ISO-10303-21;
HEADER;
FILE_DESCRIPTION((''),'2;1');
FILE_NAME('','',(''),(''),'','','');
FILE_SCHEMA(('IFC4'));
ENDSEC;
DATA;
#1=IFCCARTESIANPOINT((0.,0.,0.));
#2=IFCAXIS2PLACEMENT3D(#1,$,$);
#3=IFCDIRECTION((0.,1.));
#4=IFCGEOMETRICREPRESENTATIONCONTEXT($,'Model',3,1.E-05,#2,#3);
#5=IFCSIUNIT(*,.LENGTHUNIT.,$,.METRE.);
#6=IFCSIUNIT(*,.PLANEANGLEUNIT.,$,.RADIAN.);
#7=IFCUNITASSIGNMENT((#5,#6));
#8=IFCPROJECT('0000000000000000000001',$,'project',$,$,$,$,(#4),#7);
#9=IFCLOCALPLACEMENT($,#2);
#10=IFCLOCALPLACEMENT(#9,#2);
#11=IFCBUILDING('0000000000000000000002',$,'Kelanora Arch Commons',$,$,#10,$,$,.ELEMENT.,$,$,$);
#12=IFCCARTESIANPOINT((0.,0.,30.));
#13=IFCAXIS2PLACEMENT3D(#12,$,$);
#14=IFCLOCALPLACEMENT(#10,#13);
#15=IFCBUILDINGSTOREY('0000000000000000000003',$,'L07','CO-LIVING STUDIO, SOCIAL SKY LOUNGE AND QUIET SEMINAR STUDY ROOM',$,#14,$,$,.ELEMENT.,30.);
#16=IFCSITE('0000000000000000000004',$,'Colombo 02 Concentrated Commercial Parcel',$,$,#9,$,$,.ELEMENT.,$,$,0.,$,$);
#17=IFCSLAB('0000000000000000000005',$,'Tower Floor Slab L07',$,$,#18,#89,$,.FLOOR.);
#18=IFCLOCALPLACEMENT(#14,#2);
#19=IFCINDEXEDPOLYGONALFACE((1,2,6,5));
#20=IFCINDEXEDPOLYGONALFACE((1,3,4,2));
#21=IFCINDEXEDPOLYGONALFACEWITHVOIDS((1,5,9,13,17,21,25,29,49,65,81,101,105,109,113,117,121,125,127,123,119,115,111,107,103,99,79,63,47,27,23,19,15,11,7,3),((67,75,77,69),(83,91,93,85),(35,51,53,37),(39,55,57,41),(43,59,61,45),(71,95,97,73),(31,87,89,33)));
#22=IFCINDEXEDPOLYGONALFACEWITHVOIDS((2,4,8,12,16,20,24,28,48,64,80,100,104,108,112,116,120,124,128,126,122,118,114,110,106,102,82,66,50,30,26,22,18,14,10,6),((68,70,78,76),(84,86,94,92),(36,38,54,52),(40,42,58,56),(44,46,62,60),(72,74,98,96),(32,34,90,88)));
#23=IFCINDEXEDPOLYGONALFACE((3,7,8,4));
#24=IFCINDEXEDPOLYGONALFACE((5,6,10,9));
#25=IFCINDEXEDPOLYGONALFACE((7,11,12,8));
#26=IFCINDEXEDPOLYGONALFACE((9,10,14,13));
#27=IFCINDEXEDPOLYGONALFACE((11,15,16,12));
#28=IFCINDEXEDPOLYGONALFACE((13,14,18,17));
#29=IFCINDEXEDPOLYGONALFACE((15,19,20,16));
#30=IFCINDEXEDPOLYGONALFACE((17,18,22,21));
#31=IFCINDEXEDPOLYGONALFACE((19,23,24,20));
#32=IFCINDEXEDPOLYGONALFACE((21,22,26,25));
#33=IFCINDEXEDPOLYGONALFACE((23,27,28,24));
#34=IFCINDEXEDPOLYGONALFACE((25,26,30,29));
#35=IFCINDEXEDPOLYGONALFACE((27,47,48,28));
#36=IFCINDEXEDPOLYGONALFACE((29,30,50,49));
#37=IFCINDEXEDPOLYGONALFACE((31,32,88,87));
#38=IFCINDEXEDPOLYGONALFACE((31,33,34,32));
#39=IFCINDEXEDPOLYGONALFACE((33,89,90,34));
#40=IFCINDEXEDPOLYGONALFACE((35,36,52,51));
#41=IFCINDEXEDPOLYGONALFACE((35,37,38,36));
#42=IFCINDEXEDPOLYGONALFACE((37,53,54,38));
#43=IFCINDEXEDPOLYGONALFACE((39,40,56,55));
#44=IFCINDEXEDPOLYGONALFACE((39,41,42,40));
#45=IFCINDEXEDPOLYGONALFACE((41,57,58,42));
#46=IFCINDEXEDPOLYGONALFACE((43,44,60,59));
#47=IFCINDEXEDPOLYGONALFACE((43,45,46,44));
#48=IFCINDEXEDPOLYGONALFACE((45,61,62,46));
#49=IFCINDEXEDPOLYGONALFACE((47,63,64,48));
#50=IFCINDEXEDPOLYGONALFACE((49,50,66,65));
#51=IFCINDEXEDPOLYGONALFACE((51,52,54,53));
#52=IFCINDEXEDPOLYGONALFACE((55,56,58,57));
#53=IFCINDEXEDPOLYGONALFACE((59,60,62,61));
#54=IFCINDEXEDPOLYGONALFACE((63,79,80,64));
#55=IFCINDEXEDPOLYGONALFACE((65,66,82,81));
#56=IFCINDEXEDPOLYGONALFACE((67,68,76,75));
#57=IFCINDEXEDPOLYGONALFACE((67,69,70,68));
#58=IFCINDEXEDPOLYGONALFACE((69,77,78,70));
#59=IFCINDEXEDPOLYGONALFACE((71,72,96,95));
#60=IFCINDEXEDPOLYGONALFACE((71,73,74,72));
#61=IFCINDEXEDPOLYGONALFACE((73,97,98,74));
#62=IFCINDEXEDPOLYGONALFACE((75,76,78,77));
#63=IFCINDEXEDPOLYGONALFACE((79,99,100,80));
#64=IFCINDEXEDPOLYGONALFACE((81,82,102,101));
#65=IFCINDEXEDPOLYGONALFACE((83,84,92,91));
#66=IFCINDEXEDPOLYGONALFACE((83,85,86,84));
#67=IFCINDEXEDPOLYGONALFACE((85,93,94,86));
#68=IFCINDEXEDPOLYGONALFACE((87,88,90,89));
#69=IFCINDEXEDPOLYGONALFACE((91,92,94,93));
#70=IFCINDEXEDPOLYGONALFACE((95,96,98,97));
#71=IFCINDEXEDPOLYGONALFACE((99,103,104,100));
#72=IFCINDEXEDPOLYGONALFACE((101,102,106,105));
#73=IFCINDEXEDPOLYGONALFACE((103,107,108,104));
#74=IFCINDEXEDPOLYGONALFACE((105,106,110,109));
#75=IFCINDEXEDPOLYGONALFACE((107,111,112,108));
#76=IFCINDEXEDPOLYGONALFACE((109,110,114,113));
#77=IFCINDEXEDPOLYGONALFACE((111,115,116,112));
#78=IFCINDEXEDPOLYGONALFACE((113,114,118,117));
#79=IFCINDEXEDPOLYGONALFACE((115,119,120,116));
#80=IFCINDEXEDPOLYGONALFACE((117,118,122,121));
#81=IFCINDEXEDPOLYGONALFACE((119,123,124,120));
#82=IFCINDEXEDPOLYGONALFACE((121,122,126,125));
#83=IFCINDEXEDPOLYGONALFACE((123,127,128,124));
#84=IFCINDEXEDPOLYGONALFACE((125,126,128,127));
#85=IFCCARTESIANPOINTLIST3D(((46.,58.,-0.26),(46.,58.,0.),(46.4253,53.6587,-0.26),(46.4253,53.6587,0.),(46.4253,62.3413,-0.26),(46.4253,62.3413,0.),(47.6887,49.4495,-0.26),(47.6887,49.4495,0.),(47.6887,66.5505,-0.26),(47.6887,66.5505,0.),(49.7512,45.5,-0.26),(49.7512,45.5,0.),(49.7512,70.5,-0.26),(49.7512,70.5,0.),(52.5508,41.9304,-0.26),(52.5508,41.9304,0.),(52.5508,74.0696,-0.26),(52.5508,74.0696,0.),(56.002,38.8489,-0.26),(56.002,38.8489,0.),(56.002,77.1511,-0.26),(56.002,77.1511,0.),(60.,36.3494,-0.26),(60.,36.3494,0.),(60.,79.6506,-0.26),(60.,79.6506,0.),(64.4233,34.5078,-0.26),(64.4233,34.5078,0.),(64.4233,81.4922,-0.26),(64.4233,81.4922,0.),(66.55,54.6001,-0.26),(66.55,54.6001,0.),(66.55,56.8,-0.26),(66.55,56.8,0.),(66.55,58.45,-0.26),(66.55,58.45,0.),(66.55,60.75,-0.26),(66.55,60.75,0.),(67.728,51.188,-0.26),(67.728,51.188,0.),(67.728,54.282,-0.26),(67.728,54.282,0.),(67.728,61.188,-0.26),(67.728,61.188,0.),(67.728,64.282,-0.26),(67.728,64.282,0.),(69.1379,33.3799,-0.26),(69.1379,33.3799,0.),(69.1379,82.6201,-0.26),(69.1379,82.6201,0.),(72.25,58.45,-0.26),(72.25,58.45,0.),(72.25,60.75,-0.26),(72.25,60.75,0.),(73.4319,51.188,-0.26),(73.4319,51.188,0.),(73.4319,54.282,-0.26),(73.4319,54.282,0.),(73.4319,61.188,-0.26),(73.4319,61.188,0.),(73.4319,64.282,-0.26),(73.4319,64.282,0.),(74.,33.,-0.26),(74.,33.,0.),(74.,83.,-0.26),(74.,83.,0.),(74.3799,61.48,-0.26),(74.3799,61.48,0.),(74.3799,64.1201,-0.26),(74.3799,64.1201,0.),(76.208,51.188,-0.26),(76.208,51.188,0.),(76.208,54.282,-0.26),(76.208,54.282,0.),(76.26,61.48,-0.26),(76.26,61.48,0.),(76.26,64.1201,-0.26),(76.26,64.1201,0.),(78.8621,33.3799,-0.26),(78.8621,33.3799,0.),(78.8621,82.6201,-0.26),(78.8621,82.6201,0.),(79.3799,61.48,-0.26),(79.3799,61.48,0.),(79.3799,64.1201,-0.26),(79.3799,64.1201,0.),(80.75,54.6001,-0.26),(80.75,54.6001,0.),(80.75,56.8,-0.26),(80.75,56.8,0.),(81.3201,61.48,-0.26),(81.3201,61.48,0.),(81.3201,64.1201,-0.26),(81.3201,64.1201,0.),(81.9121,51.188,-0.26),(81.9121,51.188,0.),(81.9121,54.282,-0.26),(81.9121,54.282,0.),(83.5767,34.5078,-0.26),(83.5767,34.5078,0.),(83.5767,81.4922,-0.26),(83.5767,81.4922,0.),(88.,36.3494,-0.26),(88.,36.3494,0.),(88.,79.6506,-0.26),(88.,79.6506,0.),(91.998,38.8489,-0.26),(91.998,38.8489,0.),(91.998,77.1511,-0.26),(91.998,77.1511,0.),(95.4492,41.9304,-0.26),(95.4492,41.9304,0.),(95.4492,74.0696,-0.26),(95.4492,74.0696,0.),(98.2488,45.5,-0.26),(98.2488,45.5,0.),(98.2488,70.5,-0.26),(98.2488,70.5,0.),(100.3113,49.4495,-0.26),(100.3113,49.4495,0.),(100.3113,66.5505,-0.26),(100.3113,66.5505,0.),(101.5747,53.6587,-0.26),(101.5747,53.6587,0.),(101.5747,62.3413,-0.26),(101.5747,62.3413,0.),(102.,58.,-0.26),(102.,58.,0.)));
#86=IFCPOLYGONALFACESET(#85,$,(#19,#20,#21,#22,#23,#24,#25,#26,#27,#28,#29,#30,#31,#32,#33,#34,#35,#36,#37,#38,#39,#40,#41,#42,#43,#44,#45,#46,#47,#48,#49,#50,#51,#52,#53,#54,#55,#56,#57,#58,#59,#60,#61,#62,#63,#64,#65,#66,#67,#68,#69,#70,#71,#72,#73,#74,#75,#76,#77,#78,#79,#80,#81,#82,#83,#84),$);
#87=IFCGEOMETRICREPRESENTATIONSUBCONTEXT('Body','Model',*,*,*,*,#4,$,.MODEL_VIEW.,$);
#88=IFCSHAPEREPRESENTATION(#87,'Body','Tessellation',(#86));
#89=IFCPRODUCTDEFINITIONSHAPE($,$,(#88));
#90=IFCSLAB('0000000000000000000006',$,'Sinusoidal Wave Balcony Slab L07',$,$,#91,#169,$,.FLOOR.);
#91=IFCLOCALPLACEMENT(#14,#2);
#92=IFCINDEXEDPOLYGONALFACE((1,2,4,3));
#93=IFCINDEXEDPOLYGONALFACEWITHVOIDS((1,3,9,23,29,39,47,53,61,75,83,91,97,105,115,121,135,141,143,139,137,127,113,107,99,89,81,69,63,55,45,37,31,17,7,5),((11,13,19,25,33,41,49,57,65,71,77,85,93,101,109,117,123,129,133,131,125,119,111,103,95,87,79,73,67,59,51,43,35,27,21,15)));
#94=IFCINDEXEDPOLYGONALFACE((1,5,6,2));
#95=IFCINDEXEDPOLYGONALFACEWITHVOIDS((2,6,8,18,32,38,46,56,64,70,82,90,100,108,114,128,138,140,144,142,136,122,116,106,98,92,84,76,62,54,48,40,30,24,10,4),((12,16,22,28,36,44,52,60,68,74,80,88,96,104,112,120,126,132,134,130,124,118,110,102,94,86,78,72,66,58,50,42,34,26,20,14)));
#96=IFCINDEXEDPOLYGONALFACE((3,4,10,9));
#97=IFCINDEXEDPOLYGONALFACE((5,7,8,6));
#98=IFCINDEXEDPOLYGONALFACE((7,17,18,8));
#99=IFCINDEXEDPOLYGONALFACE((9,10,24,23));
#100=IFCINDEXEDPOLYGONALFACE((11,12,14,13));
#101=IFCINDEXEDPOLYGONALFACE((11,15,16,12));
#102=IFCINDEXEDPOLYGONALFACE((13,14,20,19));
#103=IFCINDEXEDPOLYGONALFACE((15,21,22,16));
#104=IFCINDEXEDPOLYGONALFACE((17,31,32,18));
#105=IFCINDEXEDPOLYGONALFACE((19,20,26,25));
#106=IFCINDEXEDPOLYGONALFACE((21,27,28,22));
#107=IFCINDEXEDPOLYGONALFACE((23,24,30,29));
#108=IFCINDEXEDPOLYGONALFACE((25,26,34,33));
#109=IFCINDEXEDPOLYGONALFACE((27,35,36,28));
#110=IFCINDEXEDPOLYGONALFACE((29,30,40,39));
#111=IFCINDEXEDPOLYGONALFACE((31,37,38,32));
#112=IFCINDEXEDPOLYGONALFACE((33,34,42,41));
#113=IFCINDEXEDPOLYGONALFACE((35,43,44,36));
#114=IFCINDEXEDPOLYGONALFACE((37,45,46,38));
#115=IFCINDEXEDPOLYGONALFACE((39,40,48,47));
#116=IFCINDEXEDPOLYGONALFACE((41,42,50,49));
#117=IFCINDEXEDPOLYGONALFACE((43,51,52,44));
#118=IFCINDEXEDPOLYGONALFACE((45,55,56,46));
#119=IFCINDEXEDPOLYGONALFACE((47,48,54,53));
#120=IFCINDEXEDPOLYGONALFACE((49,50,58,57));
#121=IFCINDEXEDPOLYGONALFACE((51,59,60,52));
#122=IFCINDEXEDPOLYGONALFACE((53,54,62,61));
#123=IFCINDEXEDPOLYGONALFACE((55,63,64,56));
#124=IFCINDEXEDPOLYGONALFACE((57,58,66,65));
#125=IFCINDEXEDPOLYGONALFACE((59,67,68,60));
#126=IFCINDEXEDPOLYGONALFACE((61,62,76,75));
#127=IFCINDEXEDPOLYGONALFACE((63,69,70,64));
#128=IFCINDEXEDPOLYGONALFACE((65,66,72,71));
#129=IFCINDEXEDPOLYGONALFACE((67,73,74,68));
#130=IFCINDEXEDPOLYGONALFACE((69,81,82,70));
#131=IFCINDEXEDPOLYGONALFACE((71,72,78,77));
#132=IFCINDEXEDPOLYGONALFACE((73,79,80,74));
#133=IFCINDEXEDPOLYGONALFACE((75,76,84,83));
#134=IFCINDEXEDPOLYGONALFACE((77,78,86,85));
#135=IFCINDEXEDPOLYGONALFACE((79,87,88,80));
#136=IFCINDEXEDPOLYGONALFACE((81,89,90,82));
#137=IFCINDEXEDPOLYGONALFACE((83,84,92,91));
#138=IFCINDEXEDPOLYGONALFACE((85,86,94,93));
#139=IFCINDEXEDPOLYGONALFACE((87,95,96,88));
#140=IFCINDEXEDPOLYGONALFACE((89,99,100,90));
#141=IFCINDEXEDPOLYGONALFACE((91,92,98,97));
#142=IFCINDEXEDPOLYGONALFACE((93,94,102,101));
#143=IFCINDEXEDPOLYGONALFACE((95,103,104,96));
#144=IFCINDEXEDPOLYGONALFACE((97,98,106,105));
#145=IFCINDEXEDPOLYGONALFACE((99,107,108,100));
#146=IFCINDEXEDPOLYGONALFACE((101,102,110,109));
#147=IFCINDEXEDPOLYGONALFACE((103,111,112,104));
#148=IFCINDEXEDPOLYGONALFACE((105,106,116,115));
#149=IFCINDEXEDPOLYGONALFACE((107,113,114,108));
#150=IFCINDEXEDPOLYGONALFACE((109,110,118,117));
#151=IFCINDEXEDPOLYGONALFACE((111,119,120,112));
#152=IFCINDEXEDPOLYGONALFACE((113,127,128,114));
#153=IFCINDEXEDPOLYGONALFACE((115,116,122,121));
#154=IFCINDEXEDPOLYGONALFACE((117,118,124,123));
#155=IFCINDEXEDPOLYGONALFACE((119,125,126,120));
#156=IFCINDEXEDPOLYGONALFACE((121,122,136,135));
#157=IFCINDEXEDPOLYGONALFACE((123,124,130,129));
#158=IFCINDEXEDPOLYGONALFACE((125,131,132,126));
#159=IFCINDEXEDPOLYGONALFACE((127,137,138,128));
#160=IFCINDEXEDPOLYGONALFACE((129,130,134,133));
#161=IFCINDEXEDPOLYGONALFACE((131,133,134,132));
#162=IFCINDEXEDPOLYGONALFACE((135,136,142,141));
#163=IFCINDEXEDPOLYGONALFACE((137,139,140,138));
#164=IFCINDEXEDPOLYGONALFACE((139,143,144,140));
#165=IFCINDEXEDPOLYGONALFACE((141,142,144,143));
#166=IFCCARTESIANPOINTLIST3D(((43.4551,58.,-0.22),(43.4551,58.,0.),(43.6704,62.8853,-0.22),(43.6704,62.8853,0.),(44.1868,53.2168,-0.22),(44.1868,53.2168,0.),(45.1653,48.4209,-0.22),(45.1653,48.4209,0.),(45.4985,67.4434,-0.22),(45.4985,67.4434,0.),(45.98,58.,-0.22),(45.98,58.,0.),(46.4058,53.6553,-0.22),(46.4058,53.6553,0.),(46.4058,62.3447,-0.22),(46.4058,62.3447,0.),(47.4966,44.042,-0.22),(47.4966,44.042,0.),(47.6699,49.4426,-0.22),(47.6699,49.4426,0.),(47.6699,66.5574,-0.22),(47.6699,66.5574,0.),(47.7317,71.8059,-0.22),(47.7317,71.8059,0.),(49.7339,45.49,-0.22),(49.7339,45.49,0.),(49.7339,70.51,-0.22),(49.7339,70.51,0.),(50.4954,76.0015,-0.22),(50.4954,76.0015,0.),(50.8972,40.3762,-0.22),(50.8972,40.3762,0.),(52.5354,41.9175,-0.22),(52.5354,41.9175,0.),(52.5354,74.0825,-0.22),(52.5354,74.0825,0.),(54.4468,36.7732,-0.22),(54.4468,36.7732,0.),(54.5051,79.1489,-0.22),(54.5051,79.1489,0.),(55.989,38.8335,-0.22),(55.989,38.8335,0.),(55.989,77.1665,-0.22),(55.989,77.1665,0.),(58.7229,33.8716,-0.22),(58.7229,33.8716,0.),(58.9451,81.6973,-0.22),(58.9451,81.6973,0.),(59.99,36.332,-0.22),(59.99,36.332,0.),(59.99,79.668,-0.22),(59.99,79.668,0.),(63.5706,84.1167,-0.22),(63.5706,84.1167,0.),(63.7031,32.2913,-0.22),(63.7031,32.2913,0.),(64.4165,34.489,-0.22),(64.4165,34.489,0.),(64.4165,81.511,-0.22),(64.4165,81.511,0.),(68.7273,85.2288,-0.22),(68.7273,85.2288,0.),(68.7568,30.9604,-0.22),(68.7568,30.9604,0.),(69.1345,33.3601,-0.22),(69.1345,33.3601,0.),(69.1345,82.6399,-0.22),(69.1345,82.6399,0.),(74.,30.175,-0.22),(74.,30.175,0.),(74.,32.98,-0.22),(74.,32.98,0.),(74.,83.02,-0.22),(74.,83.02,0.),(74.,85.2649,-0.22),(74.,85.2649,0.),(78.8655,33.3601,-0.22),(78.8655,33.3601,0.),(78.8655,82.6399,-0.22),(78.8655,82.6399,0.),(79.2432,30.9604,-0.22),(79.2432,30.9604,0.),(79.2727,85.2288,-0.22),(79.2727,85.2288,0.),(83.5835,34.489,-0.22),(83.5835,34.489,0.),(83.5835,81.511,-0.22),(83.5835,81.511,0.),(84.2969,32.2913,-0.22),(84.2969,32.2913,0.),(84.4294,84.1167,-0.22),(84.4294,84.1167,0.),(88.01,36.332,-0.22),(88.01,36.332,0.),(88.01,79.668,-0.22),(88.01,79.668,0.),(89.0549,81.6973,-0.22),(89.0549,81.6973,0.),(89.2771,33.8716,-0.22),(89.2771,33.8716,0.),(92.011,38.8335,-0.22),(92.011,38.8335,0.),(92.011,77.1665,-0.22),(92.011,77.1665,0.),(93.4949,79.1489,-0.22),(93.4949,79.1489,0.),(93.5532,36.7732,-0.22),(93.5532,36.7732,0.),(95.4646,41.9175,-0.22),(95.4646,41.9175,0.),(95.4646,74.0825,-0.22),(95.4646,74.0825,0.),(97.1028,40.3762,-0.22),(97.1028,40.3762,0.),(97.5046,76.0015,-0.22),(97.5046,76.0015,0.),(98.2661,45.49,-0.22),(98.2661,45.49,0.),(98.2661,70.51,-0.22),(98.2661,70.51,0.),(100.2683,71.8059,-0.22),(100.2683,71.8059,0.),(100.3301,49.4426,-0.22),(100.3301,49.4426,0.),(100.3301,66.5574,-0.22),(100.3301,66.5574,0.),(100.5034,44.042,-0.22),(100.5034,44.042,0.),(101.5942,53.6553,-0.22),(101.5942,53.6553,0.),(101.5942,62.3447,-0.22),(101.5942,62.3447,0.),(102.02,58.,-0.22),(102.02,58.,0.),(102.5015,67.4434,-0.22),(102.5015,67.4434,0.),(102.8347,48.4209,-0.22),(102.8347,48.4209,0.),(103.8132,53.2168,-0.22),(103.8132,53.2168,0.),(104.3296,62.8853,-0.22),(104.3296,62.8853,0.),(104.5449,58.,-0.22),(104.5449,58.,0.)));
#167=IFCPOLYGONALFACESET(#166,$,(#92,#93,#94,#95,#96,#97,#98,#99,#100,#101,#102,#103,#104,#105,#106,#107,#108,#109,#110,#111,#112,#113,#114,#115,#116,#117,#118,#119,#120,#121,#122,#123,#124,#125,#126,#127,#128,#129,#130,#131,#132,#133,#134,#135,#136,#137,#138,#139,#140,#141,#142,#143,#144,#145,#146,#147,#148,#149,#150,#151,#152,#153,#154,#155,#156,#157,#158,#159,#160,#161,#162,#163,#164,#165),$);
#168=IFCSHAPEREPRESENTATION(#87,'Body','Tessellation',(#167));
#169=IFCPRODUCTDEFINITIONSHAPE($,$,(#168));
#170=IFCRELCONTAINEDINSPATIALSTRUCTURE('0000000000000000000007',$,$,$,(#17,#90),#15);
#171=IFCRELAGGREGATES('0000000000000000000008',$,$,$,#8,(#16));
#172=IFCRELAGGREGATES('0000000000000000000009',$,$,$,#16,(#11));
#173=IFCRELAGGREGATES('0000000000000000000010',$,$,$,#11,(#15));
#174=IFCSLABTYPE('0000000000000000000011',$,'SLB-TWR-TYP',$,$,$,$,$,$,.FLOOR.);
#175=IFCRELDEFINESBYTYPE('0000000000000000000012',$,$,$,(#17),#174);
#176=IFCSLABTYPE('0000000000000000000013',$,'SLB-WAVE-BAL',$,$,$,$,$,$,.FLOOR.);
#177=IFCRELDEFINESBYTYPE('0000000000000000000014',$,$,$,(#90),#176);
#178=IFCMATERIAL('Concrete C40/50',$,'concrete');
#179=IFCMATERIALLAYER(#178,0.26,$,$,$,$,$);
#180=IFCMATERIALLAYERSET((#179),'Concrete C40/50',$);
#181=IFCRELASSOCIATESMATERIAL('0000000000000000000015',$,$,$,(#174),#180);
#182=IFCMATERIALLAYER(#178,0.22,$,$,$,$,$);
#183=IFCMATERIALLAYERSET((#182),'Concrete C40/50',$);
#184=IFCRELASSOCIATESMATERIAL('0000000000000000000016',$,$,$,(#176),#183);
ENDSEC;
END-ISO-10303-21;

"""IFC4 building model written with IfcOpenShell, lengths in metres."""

from ifc_helpers import new_model, si_unit, direction, frame, origin, place, context, subcontext, project, spatial, polyline, outline, extrude, material, layer, layer_set, type_object, element, save


model = new_model("IFC4")

# Units and contexts
model_context = context("Model", 3, precision=1e-05, world=origin(), true_north=direction((0.0, 1.0)))
body_context = subcontext(model_context, "Body", "Model", "MODEL_VIEW")
ifc_project = project(units=[si_unit("LENGTHUNIT", "METRE"), si_unit("PLANEANGLEUNIT", "RADIAN")], contexts=[model_context])

# Site, building, storey
site_placement = place(None, origin())
site = spatial("IfcSite", under=ifc_project, at=site_placement, Name="Colombo 02 Concentrated Commercial Parcel", CompositionType="ELEMENT", RefElevation=0.0)
building_placement = place(site_placement, origin())
building = spatial("IfcBuilding", under=site, at=building_placement, Name="Kelanora Arch Commons", CompositionType="ELEMENT")
storey_placement = place(building_placement, frame((0.0, 0.0, 30.0)))
storey = spatial("IfcBuildingStorey", under=building, at=storey_placement, Name="L07", Description="CO-LIVING STUDIO, SOCIAL SKY LOUNGE AND QUIET SEMINAR STUDY ROOM", CompositionType="ELEMENT", Elevation=30.0)

# Shared definitions
ifc_material_1 = material(Name="Concrete C40/50", Category="concrete")

# Slabs
ifc_layer_1 = layer(ifc_material_1, 0.26)
ifc_layer_set_1 = layer_set([ifc_layer_1], Name="Concrete C40/50")
slab_type_1 = type_object("IfcSlabType", Name="SLB-TWR-TYP", PredefinedType="FLOOR", material=ifc_layer_set_1)
slab_1_placement = place(storey_placement, frame((0.0, 0.0, -0.26)))
element("IfcSlab", 1, at=slab_1_placement, inside=storey, type_object=slab_type_1, Name="Tower Floor Slab L07", PredefinedType="FLOOR", context=body_context, shape_type="SweptSolid", body=[
    extrude(outline(polyline([(102.0, 58.0), (101.5747, 62.3413), (100.3113, 66.5505), (98.2488, 70.5), (95.4492, 74.0696), (91.998, 77.1511), (88.0, 79.6506), (83.5767, 81.4922), (78.8621, 82.6201), (74.0, 83.0), (69.1379, 82.6201), (64.4233, 81.4922), (60.0, 79.6506), (56.002, 77.1511), (52.5508, 74.0696), (49.7512, 70.5), (47.6887, 66.5505), (46.4253, 62.3413), (46.0, 58.0), (46.4253, 53.6587), (47.6887, 49.4495), (49.7512, 45.5), (52.5508, 41.9304), (56.002, 38.8489), (60.0, 36.3494), (64.4233, 34.5078), (69.1379, 33.3799), (74.0, 33.0), (78.8621, 33.3799), (83.5767, 34.5078), (88.0, 36.3494), (91.998, 38.8489), (95.4492, 41.9304), (98.2488, 45.5), (100.3113, 49.4495), (101.5747, 53.6587), (102.0, 58.0)]), holes=[polyline([(73.4319, 51.188), (67.728, 51.188), (67.728, 54.282), (73.4319, 54.282), (73.4319, 51.188)]), polyline([(76.208, 51.188), (76.208, 54.282), (81.9121, 54.282), (81.9121, 51.188), (76.208, 51.188)]), polyline([(66.55, 54.6001), (66.55, 56.8), (80.75, 56.8), (80.75, 54.6001), (66.55, 54.6001)]), polyline([(66.55, 58.45), (66.55, 60.75), (72.25, 60.75), (72.25, 58.45), (66.55, 58.45)]), polyline([(67.728, 61.188), (67.728, 64.282), (73.4319, 64.282), (73.4319, 61.188), (67.728, 61.188)]), polyline([(74.3799, 61.48), (74.3799, 64.1201), (76.26, 64.1201), (76.26, 61.48), (74.3799, 61.48)]), polyline([(79.3799, 61.48), (79.3799, 64.1201), (81.3201, 64.1201), (81.3201, 61.48), (79.3799, 61.48)])]), origin(), (0.0, 0.0, 1.0), 0.26),
])
ifc_layer_2 = layer(ifc_material_1, 0.22)
ifc_layer_set_2 = layer_set([ifc_layer_2], Name="Concrete C40/50")
slab_type_2 = type_object("IfcSlabType", Name="SLB-WAVE-BAL", PredefinedType="FLOOR", material=ifc_layer_set_2)
slab_2_placement = place(storey_placement, frame((0.0, 0.0, -0.22)))
element("IfcSlab", 2, at=slab_2_placement, inside=storey, type_object=slab_type_2, Name="Sinusoidal Wave Balcony Slab L07", PredefinedType="FLOOR", context=body_context, shape_type="SweptSolid", body=[
    extrude(outline(polyline([(104.5449, 58.0), (104.3296, 62.8853), (102.5015, 67.4434), (100.2683, 71.8059), (97.5046, 76.0015), (93.4949, 79.1489), (89.0549, 81.6973), (84.4294, 84.1167), (79.2727, 85.2288), (74.0, 85.2649), (68.7273, 85.2288), (63.5706, 84.1167), (58.9451, 81.6973), (54.5051, 79.1489), (50.4954, 76.0015), (47.7317, 71.8059), (45.4985, 67.4434), (43.6704, 62.8853), (43.4551, 58.0), (44.1868, 53.2168), (45.1653, 48.4209), (47.4966, 44.042), (50.8972, 40.3762), (54.4468, 36.7732), (58.7229, 33.8716), (63.7031, 32.2913), (68.7568, 30.9604), (74.0, 30.175), (79.2432, 30.9604), (84.2969, 32.2913), (89.2771, 33.8716), (93.5532, 36.7732), (97.1028, 40.3762), (100.5034, 44.042), (102.8347, 48.4209), (103.8132, 53.2168), (104.5449, 58.0)]), holes=[polyline([(101.5942, 53.6553), (100.3301, 49.4426), (98.2661, 45.49), (95.4646, 41.9175), (92.011, 38.8335), (88.01, 36.332), (83.5835, 34.489), (78.8655, 33.3601), (74.0, 32.98), (69.1345, 33.3601), (64.4165, 34.489), (59.99, 36.332), (55.989, 38.8335), (52.5354, 41.9175), (49.7339, 45.49), (47.6699, 49.4426), (46.4058, 53.6553), (45.98, 58.0), (46.4058, 62.3447), (47.6699, 66.5574), (49.7339, 70.51), (52.5354, 74.0825), (55.989, 77.1665), (59.99, 79.668), (64.4165, 81.511), (69.1345, 82.6399), (74.0, 83.02), (78.8655, 82.6399), (83.5835, 81.511), (88.01, 79.668), (92.011, 77.1665), (95.4646, 74.0825), (98.2661, 70.51), (100.3301, 66.5574), (101.5942, 62.3447), (102.02, 58.0), (101.5942, 53.6553)])]), origin(), (0.0, 0.0, 1.0), 0.22),
])

save(model, "model.ifc")
